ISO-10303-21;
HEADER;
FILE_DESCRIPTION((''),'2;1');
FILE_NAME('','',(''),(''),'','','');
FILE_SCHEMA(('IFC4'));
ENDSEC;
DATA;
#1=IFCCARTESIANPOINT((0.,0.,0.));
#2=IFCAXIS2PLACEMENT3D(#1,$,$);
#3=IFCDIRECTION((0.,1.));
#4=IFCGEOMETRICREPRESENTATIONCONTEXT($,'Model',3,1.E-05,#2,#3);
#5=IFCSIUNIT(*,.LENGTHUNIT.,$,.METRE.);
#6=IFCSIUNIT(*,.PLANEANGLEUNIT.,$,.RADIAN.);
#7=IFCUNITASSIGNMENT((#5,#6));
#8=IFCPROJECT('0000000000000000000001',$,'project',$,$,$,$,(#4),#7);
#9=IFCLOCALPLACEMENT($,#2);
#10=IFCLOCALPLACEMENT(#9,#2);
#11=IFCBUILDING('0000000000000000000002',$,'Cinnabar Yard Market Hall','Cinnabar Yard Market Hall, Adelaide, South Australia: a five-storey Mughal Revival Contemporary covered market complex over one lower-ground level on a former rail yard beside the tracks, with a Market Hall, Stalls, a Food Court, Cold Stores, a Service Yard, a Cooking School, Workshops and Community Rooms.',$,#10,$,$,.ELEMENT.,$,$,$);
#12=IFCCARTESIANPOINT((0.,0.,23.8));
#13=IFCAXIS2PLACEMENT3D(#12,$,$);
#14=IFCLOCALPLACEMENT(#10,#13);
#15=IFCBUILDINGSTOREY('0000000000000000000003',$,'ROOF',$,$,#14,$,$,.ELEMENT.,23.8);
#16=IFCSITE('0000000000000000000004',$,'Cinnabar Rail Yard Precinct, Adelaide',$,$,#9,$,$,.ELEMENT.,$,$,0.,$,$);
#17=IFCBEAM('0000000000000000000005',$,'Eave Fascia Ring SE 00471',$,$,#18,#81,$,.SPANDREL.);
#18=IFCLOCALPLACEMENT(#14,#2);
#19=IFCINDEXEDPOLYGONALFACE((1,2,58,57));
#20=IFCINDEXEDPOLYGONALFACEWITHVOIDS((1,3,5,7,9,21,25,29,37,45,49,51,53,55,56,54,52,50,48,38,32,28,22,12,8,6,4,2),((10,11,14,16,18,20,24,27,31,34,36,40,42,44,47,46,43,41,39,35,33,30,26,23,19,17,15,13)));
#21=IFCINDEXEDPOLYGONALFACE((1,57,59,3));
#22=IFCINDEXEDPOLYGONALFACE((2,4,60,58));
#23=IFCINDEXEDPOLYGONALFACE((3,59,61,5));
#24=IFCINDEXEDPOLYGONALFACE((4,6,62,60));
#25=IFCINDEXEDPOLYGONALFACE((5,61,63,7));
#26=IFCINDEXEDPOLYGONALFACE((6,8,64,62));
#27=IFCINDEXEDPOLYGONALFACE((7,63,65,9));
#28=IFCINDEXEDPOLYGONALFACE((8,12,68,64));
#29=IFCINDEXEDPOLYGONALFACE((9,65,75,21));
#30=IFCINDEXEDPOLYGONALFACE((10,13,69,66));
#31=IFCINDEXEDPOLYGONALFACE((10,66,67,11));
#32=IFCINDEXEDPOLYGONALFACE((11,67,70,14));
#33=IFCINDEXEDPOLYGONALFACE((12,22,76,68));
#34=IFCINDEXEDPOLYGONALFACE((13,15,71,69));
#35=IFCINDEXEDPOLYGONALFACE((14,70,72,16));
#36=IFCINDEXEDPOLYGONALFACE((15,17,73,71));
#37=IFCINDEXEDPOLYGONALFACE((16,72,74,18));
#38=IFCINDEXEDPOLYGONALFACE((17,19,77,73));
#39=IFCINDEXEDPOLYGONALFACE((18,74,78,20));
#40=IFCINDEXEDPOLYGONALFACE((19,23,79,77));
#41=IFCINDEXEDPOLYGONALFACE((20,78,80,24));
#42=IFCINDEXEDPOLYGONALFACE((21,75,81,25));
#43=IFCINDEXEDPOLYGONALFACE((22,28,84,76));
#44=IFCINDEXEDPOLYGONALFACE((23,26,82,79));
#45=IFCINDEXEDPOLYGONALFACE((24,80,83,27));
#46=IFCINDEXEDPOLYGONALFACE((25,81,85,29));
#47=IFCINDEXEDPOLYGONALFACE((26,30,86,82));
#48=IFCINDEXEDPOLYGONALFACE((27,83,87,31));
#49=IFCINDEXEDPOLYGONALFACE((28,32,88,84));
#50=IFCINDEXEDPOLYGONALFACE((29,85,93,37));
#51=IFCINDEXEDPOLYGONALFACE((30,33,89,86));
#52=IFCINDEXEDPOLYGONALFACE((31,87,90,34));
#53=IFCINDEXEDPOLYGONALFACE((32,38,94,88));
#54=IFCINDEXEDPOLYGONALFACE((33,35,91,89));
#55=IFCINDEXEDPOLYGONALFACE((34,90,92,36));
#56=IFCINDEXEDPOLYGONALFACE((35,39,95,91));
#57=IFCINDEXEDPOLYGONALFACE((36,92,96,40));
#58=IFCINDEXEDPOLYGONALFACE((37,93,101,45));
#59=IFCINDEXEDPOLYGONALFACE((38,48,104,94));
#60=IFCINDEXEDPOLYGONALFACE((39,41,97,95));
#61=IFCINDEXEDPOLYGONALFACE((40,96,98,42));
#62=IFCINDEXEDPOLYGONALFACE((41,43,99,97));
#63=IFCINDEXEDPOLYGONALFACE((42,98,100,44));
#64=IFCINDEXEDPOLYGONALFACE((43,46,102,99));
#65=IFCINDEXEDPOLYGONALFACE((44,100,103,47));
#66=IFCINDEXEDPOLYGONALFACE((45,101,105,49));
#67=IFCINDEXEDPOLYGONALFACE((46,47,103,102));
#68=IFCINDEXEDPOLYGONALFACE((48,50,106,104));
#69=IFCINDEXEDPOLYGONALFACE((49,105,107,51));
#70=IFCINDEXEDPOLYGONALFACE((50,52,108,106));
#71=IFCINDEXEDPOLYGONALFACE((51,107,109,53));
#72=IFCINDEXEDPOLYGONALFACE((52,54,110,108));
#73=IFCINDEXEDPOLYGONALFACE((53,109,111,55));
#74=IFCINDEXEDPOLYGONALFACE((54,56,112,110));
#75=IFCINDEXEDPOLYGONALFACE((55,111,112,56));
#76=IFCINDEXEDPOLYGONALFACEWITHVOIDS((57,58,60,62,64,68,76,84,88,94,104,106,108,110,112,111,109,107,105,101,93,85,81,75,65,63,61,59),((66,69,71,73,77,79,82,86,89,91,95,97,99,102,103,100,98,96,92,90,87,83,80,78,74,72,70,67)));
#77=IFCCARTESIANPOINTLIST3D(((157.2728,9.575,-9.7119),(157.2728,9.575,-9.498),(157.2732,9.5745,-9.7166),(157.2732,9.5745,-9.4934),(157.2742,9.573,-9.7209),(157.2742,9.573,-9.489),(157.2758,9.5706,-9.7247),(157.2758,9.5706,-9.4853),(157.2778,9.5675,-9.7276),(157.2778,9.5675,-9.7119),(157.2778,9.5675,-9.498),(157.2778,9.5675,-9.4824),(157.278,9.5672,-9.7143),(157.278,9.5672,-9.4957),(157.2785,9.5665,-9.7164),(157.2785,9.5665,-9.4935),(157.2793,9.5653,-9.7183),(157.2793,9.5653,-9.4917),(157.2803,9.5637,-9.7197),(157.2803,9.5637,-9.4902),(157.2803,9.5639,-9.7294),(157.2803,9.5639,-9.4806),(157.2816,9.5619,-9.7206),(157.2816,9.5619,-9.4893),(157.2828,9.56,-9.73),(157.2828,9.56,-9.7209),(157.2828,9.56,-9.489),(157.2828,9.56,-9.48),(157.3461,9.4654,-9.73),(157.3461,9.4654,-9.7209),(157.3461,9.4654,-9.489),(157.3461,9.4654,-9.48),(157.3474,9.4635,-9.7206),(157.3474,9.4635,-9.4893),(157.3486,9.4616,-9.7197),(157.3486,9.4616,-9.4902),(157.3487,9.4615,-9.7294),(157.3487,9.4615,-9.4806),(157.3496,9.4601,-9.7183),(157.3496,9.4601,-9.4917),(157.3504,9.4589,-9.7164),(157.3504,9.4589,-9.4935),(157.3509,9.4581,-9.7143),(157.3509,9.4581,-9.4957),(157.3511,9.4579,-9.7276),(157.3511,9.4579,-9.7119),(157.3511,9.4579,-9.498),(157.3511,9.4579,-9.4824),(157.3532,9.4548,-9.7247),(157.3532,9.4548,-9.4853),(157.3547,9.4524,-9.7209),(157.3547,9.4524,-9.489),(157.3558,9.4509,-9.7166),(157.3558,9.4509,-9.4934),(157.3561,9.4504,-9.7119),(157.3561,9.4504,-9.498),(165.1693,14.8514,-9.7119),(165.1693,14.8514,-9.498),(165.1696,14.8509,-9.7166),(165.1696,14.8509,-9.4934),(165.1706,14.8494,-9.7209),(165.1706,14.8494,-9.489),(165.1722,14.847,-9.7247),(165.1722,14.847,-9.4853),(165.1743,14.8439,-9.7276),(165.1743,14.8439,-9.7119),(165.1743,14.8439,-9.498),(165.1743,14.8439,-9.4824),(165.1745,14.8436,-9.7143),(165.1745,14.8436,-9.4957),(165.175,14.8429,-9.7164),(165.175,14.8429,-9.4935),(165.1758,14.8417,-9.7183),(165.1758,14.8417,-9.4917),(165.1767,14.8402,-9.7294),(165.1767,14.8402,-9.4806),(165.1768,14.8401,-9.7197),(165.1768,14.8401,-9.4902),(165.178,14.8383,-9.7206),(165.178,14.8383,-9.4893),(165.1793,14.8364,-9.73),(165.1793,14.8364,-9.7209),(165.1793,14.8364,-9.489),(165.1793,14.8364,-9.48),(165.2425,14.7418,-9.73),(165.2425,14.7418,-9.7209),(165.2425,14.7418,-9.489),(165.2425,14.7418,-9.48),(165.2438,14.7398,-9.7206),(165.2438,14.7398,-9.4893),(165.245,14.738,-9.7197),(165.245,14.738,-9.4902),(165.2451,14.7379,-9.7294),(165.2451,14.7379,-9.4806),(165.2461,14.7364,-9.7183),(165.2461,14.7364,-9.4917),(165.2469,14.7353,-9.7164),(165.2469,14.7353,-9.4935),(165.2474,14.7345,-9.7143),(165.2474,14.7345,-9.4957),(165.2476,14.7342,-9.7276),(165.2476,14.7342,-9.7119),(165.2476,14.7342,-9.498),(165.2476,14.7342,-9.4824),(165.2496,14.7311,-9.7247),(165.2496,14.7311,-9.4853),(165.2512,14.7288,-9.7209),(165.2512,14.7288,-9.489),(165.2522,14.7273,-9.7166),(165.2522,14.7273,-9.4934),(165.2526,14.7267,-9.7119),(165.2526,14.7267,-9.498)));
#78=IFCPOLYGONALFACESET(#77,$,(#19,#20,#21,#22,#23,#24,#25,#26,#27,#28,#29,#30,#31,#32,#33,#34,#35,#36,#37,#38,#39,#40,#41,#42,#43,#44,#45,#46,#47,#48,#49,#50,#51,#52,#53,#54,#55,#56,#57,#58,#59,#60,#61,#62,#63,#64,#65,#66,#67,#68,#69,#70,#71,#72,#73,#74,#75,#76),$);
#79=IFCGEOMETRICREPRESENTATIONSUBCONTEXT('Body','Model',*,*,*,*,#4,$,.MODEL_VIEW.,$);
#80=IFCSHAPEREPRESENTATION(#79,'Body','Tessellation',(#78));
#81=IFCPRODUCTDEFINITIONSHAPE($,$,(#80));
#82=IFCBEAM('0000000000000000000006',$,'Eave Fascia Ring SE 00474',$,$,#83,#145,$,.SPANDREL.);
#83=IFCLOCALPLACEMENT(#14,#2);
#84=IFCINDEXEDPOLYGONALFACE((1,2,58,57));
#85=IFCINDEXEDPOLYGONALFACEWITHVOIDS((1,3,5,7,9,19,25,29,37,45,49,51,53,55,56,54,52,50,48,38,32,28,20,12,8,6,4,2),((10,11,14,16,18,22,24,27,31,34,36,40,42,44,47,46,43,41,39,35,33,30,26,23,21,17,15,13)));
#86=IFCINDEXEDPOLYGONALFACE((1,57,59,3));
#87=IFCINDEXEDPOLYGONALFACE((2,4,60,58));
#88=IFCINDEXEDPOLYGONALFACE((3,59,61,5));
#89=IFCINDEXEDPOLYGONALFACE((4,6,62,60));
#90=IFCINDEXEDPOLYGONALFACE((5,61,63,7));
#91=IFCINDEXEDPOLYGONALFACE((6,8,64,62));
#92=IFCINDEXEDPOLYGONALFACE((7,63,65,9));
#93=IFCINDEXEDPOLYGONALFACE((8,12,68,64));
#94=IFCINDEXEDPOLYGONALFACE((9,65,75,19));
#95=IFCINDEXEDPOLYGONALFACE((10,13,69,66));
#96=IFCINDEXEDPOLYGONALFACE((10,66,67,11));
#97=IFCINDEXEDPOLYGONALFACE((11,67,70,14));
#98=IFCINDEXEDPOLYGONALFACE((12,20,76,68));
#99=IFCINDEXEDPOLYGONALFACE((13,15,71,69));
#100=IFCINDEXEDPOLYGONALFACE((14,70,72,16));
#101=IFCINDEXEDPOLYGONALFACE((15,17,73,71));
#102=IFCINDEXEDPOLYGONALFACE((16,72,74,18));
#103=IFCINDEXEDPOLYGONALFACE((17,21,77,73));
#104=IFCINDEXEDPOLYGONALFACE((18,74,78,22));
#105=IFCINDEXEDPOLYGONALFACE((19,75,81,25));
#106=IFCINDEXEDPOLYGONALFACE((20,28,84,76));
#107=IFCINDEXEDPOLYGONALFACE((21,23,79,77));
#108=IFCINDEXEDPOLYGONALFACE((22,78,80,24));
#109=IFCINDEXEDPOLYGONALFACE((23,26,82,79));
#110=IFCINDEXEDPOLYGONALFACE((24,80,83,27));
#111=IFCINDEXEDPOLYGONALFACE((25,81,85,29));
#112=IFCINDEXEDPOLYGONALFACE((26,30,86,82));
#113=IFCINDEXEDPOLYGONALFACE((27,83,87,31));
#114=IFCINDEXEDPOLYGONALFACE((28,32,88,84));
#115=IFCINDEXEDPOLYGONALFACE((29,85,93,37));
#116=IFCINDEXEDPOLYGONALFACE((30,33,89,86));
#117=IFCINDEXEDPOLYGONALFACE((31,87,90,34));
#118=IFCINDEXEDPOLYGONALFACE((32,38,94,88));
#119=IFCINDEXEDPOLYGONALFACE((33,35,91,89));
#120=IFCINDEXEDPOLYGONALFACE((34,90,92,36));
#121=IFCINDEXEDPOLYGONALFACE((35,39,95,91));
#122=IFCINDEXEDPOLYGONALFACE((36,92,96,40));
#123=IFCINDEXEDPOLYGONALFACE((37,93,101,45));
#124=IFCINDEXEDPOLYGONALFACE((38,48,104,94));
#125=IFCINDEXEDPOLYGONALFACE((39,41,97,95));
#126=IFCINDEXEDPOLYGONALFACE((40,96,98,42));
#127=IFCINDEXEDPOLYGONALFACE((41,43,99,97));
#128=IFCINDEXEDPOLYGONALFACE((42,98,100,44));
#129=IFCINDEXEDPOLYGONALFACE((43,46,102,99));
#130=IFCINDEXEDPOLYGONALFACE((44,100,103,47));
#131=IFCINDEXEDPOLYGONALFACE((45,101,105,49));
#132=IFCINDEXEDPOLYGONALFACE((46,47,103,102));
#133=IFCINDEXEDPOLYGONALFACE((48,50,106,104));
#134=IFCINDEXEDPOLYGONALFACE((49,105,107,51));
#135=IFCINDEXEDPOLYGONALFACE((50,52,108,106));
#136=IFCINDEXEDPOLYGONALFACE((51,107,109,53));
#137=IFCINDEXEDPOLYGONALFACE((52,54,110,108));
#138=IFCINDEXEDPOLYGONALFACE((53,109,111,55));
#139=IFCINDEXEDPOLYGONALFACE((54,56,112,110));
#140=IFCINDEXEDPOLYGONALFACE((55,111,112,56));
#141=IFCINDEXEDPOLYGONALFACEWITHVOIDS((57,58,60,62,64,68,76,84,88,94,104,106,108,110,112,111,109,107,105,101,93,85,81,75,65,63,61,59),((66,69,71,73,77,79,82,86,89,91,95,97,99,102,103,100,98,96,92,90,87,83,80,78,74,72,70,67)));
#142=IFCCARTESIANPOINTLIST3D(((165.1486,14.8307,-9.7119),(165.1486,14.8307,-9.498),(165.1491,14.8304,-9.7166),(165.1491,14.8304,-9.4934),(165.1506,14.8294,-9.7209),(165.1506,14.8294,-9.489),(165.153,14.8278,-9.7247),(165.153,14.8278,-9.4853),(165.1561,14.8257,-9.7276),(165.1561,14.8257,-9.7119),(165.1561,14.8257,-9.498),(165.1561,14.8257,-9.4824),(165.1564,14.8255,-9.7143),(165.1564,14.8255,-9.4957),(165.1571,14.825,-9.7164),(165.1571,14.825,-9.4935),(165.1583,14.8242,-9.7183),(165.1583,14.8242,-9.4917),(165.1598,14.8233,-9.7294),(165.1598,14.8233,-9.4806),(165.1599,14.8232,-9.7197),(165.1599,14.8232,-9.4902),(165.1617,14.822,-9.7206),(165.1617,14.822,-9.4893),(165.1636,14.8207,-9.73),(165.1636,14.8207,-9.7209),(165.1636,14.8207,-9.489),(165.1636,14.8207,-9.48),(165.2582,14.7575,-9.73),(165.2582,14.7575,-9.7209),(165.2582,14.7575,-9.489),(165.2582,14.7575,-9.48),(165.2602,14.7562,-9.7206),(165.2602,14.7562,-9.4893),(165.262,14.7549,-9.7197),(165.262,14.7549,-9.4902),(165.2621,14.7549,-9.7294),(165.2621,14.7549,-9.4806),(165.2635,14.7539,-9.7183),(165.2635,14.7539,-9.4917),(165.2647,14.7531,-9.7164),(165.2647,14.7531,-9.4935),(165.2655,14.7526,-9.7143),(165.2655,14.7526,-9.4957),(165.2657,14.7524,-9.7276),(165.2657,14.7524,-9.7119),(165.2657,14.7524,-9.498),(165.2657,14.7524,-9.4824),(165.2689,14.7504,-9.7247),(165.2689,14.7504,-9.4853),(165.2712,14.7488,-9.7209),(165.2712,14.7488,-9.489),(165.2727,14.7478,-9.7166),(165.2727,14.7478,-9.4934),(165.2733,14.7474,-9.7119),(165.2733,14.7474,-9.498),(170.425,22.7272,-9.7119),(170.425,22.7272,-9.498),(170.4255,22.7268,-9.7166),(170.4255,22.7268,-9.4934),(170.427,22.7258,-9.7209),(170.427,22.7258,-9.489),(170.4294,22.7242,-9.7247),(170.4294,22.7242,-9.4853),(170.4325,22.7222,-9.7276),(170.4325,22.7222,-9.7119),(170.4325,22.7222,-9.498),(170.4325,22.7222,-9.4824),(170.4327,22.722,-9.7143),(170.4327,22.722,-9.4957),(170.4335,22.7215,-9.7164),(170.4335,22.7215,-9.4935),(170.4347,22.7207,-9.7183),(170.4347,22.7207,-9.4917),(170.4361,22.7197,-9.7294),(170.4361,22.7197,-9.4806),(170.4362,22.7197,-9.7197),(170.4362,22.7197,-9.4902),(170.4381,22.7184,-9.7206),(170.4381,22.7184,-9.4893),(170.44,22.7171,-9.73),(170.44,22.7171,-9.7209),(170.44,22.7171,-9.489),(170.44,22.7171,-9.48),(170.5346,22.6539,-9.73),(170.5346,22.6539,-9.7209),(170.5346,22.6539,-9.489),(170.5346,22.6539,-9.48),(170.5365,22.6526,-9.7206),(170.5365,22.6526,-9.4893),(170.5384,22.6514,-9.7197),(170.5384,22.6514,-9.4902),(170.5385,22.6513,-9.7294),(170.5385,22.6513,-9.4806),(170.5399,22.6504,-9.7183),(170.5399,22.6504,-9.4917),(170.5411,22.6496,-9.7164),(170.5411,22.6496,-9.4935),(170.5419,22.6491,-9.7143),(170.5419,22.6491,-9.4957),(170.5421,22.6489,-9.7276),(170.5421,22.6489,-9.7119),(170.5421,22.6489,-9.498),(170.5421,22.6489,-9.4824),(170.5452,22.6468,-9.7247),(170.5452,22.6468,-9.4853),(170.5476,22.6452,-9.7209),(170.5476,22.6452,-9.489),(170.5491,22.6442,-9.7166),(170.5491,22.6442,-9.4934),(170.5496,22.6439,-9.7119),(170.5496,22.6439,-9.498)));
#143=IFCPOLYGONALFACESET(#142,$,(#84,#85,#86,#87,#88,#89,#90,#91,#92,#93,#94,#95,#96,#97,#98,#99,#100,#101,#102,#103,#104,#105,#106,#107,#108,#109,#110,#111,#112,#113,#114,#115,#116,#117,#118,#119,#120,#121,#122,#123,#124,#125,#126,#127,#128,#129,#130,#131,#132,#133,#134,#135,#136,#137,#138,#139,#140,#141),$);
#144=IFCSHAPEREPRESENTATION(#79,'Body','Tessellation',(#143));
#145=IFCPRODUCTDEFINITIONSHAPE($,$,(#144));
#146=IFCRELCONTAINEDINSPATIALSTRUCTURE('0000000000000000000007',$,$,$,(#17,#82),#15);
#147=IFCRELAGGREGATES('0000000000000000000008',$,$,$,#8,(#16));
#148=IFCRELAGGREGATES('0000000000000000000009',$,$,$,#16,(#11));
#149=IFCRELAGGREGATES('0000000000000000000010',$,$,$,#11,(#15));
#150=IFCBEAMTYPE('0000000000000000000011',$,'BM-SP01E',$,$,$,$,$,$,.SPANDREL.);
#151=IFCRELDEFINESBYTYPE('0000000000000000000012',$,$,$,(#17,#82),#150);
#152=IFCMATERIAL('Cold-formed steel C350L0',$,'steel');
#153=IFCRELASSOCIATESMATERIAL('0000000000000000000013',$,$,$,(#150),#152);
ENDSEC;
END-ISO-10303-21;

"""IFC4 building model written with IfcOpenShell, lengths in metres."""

from ifc_helpers import new_model, si_unit, direction, frame, origin, origin_2d_with_axis, place, context, subcontext, project, spatial, hollow_rectangle, extrude, material, material_profile, profile_set, type_object, element, save


model = new_model("IFC4")

# Units and contexts
model_context = context("Model", 3, precision=1e-05, world=origin(), true_north=direction((0.0, 1.0)))
body_context = subcontext(model_context, "Body", "Model", "MODEL_VIEW")
ifc_project = project(units=[si_unit("LENGTHUNIT", "METRE"), si_unit("PLANEANGLEUNIT", "RADIAN")], contexts=[model_context])

# Site, building, storey
site_placement = place(None, origin())
site = spatial("IfcSite", under=ifc_project, at=site_placement, Name="Cinnabar Rail Yard Precinct, Adelaide", CompositionType="ELEMENT", RefElevation=0.0)
building_placement = place(site_placement, origin())
building = spatial("IfcBuilding", under=site, at=building_placement, Name="Cinnabar Yard Market Hall", Description="Cinnabar Yard Market Hall, Adelaide, South Australia: a five-storey Mughal Revival Contemporary covered market complex over one lower-ground level on a former rail yard beside the tracks, with a Market Hall, Stalls, a Food Court, Cold Stores, a Service Yard, a Cooking School, Workshops and Community Rooms.", CompositionType="ELEMENT")
storey_placement = place(building_placement, frame((0.0, 0.0, 23.8)))
storey = spatial("IfcBuildingStorey", under=building, at=storey_placement, Name="ROOF", CompositionType="ELEMENT", Elevation=23.8)

# Beams
ifc_material_1 = material(Name="Cold-formed steel C350L0", Category="steel")
ifc_material_profile_1 = material_profile(ifc_material_1, hollow_rectangle(XDim=0.1499, YDim=0.25, WallThickness=0.009, InnerFilletRadius=0.009, OuterFilletRadius=0.0181, at=origin_2d_with_axis()), Name="250x150x9.0RHS")
ifc_profile_set_1 = profile_set([ifc_material_profile_1], Name="Cold-formed steel C350L0")
beam_type_1 = type_object("IfcBeamType", Name="BM-SP01E", PredefinedType="SPANDREL", material=ifc_profile_set_1)
for number, where, z_axis, x_axis, name in (
    (1, (157.3145, 9.5127, -9.605), (0.831465, 0.555578, 0.0), (-0.555578, 0.831465, 0.0), "Eave Fascia Ring SE 00471"),
    (2, (165.2109, 14.7891, -9.605), (0.555578, 0.831465, 0.0), (-0.831465, 0.555578, 0.0), "Eave Fascia Ring SE 00474"),
):
    element("IfcBeam", number, at=place(storey_placement, frame(where, z_axis=z_axis, x_axis=x_axis)), inside=storey, type_object=beam_type_1, Name=name, PredefinedType="SPANDREL", context=body_context, shape_type="SweptSolid", body=[
        extrude(hollow_rectangle(XDim=0.1499, YDim=0.25, WallThickness=0.009, InnerFilletRadius=0.009, OuterFilletRadius=0.0181, at=origin_2d_with_axis()), origin(), (0.0, 0.0, 1.0), 9.4971),
    ])

save(model, "model.ifc")
